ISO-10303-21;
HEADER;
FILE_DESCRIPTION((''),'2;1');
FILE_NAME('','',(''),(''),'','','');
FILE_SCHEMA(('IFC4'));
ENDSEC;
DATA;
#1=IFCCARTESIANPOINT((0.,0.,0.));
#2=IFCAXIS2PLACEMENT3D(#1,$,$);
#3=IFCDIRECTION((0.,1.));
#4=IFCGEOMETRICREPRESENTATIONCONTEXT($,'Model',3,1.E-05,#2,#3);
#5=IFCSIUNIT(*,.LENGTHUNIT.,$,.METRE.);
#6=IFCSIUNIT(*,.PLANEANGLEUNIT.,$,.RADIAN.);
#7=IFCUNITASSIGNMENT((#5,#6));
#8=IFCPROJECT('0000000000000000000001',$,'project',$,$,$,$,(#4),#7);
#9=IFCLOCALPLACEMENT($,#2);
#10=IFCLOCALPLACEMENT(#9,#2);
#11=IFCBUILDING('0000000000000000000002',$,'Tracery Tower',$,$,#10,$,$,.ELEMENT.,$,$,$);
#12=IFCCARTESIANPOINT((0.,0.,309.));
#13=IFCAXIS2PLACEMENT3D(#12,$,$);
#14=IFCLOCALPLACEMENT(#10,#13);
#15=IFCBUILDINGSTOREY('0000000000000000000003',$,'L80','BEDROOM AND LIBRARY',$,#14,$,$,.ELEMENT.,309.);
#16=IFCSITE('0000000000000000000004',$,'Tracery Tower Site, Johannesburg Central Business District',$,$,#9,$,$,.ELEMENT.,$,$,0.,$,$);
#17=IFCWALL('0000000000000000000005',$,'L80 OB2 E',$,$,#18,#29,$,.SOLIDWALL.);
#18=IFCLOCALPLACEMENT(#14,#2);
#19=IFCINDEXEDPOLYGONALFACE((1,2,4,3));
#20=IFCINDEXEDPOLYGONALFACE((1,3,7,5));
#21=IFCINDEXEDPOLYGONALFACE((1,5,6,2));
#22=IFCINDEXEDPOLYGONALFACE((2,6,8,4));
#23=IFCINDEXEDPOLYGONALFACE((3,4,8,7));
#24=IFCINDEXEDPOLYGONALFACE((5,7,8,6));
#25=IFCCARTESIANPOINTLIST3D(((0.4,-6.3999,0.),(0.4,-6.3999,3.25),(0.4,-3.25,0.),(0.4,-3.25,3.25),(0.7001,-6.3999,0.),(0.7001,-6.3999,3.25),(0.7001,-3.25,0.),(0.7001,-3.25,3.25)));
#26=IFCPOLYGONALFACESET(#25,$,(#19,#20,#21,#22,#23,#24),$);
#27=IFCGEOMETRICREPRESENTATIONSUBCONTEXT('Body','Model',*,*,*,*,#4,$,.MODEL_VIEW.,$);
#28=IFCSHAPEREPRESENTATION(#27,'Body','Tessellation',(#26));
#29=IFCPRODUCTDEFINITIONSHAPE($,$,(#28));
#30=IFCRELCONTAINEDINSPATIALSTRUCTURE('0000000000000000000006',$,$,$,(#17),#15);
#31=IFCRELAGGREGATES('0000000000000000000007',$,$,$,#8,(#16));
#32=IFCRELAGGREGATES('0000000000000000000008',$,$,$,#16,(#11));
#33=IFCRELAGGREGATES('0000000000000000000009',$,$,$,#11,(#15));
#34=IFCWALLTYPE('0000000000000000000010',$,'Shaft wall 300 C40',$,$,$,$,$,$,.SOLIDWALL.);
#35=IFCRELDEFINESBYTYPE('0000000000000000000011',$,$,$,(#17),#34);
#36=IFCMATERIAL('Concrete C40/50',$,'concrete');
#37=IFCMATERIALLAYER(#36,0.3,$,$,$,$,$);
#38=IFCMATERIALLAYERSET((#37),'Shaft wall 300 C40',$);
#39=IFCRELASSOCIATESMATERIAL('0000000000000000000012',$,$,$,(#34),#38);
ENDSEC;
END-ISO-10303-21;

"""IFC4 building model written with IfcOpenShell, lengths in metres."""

from ifc_helpers import new_model, si_unit, direction, frame, frame_2d, origin, place, context, subcontext, project, spatial, rectangle, extrude, material, layer, layer_set, type_object, element, save


model = new_model("IFC4")

# Units and contexts
model_context = context("Model", 3, precision=1e-05, world=origin(), true_north=direction((0.0, 1.0)))
body_context = subcontext(model_context, "Body", "Model", "MODEL_VIEW")
ifc_project = project(units=[si_unit("LENGTHUNIT", "METRE"), si_unit("PLANEANGLEUNIT", "RADIAN")], contexts=[model_context])

# Site, building, storey
site_placement = place(None, origin())
site = spatial("IfcSite", under=ifc_project, at=site_placement, Name="Tracery Tower Site, Johannesburg Central Business District", CompositionType="ELEMENT", RefElevation=0.0)
building_placement = place(site_placement, origin())
building = spatial("IfcBuilding", under=site, at=building_placement, Name="Tracery Tower", CompositionType="ELEMENT")
storey_placement = place(building_placement, frame((0.0, 0.0, 309.0)))
storey = spatial("IfcBuildingStorey", under=building, at=storey_placement, Name="L80", Description="BEDROOM AND LIBRARY", CompositionType="ELEMENT", Elevation=309.0)

# Wall
ifc_material_1 = material(Name="Concrete C40/50", Category="concrete")
ifc_layer_1 = layer(ifc_material_1, 0.3)
ifc_layer_set_1 = layer_set([ifc_layer_1], Name="Shaft wall 300 C40")
wall_type_1 = type_object("IfcWallType", Name="Shaft wall 300 C40", PredefinedType="SOLIDWALL", material=ifc_layer_set_1)
wall_1_placement = place(storey_placement, frame((0.55, -6.3999, 0.0), z_axis=(0.0, 0.0, 1.0), x_axis=(0.0, 1.0, 0.0)))
element("IfcWall", 1, at=wall_1_placement, inside=storey, type_object=wall_type_1, Name="L80 OB2 E", PredefinedType="SOLIDWALL", context=body_context, shape_type="SweptSolid", body=[
    extrude(rectangle(XDim=3.1499, YDim=0.3, at=frame_2d((1.575, 0.0))), origin(), (0.0, 0.0, 1.0), 3.25),
])

save(model, "model.ifc")
